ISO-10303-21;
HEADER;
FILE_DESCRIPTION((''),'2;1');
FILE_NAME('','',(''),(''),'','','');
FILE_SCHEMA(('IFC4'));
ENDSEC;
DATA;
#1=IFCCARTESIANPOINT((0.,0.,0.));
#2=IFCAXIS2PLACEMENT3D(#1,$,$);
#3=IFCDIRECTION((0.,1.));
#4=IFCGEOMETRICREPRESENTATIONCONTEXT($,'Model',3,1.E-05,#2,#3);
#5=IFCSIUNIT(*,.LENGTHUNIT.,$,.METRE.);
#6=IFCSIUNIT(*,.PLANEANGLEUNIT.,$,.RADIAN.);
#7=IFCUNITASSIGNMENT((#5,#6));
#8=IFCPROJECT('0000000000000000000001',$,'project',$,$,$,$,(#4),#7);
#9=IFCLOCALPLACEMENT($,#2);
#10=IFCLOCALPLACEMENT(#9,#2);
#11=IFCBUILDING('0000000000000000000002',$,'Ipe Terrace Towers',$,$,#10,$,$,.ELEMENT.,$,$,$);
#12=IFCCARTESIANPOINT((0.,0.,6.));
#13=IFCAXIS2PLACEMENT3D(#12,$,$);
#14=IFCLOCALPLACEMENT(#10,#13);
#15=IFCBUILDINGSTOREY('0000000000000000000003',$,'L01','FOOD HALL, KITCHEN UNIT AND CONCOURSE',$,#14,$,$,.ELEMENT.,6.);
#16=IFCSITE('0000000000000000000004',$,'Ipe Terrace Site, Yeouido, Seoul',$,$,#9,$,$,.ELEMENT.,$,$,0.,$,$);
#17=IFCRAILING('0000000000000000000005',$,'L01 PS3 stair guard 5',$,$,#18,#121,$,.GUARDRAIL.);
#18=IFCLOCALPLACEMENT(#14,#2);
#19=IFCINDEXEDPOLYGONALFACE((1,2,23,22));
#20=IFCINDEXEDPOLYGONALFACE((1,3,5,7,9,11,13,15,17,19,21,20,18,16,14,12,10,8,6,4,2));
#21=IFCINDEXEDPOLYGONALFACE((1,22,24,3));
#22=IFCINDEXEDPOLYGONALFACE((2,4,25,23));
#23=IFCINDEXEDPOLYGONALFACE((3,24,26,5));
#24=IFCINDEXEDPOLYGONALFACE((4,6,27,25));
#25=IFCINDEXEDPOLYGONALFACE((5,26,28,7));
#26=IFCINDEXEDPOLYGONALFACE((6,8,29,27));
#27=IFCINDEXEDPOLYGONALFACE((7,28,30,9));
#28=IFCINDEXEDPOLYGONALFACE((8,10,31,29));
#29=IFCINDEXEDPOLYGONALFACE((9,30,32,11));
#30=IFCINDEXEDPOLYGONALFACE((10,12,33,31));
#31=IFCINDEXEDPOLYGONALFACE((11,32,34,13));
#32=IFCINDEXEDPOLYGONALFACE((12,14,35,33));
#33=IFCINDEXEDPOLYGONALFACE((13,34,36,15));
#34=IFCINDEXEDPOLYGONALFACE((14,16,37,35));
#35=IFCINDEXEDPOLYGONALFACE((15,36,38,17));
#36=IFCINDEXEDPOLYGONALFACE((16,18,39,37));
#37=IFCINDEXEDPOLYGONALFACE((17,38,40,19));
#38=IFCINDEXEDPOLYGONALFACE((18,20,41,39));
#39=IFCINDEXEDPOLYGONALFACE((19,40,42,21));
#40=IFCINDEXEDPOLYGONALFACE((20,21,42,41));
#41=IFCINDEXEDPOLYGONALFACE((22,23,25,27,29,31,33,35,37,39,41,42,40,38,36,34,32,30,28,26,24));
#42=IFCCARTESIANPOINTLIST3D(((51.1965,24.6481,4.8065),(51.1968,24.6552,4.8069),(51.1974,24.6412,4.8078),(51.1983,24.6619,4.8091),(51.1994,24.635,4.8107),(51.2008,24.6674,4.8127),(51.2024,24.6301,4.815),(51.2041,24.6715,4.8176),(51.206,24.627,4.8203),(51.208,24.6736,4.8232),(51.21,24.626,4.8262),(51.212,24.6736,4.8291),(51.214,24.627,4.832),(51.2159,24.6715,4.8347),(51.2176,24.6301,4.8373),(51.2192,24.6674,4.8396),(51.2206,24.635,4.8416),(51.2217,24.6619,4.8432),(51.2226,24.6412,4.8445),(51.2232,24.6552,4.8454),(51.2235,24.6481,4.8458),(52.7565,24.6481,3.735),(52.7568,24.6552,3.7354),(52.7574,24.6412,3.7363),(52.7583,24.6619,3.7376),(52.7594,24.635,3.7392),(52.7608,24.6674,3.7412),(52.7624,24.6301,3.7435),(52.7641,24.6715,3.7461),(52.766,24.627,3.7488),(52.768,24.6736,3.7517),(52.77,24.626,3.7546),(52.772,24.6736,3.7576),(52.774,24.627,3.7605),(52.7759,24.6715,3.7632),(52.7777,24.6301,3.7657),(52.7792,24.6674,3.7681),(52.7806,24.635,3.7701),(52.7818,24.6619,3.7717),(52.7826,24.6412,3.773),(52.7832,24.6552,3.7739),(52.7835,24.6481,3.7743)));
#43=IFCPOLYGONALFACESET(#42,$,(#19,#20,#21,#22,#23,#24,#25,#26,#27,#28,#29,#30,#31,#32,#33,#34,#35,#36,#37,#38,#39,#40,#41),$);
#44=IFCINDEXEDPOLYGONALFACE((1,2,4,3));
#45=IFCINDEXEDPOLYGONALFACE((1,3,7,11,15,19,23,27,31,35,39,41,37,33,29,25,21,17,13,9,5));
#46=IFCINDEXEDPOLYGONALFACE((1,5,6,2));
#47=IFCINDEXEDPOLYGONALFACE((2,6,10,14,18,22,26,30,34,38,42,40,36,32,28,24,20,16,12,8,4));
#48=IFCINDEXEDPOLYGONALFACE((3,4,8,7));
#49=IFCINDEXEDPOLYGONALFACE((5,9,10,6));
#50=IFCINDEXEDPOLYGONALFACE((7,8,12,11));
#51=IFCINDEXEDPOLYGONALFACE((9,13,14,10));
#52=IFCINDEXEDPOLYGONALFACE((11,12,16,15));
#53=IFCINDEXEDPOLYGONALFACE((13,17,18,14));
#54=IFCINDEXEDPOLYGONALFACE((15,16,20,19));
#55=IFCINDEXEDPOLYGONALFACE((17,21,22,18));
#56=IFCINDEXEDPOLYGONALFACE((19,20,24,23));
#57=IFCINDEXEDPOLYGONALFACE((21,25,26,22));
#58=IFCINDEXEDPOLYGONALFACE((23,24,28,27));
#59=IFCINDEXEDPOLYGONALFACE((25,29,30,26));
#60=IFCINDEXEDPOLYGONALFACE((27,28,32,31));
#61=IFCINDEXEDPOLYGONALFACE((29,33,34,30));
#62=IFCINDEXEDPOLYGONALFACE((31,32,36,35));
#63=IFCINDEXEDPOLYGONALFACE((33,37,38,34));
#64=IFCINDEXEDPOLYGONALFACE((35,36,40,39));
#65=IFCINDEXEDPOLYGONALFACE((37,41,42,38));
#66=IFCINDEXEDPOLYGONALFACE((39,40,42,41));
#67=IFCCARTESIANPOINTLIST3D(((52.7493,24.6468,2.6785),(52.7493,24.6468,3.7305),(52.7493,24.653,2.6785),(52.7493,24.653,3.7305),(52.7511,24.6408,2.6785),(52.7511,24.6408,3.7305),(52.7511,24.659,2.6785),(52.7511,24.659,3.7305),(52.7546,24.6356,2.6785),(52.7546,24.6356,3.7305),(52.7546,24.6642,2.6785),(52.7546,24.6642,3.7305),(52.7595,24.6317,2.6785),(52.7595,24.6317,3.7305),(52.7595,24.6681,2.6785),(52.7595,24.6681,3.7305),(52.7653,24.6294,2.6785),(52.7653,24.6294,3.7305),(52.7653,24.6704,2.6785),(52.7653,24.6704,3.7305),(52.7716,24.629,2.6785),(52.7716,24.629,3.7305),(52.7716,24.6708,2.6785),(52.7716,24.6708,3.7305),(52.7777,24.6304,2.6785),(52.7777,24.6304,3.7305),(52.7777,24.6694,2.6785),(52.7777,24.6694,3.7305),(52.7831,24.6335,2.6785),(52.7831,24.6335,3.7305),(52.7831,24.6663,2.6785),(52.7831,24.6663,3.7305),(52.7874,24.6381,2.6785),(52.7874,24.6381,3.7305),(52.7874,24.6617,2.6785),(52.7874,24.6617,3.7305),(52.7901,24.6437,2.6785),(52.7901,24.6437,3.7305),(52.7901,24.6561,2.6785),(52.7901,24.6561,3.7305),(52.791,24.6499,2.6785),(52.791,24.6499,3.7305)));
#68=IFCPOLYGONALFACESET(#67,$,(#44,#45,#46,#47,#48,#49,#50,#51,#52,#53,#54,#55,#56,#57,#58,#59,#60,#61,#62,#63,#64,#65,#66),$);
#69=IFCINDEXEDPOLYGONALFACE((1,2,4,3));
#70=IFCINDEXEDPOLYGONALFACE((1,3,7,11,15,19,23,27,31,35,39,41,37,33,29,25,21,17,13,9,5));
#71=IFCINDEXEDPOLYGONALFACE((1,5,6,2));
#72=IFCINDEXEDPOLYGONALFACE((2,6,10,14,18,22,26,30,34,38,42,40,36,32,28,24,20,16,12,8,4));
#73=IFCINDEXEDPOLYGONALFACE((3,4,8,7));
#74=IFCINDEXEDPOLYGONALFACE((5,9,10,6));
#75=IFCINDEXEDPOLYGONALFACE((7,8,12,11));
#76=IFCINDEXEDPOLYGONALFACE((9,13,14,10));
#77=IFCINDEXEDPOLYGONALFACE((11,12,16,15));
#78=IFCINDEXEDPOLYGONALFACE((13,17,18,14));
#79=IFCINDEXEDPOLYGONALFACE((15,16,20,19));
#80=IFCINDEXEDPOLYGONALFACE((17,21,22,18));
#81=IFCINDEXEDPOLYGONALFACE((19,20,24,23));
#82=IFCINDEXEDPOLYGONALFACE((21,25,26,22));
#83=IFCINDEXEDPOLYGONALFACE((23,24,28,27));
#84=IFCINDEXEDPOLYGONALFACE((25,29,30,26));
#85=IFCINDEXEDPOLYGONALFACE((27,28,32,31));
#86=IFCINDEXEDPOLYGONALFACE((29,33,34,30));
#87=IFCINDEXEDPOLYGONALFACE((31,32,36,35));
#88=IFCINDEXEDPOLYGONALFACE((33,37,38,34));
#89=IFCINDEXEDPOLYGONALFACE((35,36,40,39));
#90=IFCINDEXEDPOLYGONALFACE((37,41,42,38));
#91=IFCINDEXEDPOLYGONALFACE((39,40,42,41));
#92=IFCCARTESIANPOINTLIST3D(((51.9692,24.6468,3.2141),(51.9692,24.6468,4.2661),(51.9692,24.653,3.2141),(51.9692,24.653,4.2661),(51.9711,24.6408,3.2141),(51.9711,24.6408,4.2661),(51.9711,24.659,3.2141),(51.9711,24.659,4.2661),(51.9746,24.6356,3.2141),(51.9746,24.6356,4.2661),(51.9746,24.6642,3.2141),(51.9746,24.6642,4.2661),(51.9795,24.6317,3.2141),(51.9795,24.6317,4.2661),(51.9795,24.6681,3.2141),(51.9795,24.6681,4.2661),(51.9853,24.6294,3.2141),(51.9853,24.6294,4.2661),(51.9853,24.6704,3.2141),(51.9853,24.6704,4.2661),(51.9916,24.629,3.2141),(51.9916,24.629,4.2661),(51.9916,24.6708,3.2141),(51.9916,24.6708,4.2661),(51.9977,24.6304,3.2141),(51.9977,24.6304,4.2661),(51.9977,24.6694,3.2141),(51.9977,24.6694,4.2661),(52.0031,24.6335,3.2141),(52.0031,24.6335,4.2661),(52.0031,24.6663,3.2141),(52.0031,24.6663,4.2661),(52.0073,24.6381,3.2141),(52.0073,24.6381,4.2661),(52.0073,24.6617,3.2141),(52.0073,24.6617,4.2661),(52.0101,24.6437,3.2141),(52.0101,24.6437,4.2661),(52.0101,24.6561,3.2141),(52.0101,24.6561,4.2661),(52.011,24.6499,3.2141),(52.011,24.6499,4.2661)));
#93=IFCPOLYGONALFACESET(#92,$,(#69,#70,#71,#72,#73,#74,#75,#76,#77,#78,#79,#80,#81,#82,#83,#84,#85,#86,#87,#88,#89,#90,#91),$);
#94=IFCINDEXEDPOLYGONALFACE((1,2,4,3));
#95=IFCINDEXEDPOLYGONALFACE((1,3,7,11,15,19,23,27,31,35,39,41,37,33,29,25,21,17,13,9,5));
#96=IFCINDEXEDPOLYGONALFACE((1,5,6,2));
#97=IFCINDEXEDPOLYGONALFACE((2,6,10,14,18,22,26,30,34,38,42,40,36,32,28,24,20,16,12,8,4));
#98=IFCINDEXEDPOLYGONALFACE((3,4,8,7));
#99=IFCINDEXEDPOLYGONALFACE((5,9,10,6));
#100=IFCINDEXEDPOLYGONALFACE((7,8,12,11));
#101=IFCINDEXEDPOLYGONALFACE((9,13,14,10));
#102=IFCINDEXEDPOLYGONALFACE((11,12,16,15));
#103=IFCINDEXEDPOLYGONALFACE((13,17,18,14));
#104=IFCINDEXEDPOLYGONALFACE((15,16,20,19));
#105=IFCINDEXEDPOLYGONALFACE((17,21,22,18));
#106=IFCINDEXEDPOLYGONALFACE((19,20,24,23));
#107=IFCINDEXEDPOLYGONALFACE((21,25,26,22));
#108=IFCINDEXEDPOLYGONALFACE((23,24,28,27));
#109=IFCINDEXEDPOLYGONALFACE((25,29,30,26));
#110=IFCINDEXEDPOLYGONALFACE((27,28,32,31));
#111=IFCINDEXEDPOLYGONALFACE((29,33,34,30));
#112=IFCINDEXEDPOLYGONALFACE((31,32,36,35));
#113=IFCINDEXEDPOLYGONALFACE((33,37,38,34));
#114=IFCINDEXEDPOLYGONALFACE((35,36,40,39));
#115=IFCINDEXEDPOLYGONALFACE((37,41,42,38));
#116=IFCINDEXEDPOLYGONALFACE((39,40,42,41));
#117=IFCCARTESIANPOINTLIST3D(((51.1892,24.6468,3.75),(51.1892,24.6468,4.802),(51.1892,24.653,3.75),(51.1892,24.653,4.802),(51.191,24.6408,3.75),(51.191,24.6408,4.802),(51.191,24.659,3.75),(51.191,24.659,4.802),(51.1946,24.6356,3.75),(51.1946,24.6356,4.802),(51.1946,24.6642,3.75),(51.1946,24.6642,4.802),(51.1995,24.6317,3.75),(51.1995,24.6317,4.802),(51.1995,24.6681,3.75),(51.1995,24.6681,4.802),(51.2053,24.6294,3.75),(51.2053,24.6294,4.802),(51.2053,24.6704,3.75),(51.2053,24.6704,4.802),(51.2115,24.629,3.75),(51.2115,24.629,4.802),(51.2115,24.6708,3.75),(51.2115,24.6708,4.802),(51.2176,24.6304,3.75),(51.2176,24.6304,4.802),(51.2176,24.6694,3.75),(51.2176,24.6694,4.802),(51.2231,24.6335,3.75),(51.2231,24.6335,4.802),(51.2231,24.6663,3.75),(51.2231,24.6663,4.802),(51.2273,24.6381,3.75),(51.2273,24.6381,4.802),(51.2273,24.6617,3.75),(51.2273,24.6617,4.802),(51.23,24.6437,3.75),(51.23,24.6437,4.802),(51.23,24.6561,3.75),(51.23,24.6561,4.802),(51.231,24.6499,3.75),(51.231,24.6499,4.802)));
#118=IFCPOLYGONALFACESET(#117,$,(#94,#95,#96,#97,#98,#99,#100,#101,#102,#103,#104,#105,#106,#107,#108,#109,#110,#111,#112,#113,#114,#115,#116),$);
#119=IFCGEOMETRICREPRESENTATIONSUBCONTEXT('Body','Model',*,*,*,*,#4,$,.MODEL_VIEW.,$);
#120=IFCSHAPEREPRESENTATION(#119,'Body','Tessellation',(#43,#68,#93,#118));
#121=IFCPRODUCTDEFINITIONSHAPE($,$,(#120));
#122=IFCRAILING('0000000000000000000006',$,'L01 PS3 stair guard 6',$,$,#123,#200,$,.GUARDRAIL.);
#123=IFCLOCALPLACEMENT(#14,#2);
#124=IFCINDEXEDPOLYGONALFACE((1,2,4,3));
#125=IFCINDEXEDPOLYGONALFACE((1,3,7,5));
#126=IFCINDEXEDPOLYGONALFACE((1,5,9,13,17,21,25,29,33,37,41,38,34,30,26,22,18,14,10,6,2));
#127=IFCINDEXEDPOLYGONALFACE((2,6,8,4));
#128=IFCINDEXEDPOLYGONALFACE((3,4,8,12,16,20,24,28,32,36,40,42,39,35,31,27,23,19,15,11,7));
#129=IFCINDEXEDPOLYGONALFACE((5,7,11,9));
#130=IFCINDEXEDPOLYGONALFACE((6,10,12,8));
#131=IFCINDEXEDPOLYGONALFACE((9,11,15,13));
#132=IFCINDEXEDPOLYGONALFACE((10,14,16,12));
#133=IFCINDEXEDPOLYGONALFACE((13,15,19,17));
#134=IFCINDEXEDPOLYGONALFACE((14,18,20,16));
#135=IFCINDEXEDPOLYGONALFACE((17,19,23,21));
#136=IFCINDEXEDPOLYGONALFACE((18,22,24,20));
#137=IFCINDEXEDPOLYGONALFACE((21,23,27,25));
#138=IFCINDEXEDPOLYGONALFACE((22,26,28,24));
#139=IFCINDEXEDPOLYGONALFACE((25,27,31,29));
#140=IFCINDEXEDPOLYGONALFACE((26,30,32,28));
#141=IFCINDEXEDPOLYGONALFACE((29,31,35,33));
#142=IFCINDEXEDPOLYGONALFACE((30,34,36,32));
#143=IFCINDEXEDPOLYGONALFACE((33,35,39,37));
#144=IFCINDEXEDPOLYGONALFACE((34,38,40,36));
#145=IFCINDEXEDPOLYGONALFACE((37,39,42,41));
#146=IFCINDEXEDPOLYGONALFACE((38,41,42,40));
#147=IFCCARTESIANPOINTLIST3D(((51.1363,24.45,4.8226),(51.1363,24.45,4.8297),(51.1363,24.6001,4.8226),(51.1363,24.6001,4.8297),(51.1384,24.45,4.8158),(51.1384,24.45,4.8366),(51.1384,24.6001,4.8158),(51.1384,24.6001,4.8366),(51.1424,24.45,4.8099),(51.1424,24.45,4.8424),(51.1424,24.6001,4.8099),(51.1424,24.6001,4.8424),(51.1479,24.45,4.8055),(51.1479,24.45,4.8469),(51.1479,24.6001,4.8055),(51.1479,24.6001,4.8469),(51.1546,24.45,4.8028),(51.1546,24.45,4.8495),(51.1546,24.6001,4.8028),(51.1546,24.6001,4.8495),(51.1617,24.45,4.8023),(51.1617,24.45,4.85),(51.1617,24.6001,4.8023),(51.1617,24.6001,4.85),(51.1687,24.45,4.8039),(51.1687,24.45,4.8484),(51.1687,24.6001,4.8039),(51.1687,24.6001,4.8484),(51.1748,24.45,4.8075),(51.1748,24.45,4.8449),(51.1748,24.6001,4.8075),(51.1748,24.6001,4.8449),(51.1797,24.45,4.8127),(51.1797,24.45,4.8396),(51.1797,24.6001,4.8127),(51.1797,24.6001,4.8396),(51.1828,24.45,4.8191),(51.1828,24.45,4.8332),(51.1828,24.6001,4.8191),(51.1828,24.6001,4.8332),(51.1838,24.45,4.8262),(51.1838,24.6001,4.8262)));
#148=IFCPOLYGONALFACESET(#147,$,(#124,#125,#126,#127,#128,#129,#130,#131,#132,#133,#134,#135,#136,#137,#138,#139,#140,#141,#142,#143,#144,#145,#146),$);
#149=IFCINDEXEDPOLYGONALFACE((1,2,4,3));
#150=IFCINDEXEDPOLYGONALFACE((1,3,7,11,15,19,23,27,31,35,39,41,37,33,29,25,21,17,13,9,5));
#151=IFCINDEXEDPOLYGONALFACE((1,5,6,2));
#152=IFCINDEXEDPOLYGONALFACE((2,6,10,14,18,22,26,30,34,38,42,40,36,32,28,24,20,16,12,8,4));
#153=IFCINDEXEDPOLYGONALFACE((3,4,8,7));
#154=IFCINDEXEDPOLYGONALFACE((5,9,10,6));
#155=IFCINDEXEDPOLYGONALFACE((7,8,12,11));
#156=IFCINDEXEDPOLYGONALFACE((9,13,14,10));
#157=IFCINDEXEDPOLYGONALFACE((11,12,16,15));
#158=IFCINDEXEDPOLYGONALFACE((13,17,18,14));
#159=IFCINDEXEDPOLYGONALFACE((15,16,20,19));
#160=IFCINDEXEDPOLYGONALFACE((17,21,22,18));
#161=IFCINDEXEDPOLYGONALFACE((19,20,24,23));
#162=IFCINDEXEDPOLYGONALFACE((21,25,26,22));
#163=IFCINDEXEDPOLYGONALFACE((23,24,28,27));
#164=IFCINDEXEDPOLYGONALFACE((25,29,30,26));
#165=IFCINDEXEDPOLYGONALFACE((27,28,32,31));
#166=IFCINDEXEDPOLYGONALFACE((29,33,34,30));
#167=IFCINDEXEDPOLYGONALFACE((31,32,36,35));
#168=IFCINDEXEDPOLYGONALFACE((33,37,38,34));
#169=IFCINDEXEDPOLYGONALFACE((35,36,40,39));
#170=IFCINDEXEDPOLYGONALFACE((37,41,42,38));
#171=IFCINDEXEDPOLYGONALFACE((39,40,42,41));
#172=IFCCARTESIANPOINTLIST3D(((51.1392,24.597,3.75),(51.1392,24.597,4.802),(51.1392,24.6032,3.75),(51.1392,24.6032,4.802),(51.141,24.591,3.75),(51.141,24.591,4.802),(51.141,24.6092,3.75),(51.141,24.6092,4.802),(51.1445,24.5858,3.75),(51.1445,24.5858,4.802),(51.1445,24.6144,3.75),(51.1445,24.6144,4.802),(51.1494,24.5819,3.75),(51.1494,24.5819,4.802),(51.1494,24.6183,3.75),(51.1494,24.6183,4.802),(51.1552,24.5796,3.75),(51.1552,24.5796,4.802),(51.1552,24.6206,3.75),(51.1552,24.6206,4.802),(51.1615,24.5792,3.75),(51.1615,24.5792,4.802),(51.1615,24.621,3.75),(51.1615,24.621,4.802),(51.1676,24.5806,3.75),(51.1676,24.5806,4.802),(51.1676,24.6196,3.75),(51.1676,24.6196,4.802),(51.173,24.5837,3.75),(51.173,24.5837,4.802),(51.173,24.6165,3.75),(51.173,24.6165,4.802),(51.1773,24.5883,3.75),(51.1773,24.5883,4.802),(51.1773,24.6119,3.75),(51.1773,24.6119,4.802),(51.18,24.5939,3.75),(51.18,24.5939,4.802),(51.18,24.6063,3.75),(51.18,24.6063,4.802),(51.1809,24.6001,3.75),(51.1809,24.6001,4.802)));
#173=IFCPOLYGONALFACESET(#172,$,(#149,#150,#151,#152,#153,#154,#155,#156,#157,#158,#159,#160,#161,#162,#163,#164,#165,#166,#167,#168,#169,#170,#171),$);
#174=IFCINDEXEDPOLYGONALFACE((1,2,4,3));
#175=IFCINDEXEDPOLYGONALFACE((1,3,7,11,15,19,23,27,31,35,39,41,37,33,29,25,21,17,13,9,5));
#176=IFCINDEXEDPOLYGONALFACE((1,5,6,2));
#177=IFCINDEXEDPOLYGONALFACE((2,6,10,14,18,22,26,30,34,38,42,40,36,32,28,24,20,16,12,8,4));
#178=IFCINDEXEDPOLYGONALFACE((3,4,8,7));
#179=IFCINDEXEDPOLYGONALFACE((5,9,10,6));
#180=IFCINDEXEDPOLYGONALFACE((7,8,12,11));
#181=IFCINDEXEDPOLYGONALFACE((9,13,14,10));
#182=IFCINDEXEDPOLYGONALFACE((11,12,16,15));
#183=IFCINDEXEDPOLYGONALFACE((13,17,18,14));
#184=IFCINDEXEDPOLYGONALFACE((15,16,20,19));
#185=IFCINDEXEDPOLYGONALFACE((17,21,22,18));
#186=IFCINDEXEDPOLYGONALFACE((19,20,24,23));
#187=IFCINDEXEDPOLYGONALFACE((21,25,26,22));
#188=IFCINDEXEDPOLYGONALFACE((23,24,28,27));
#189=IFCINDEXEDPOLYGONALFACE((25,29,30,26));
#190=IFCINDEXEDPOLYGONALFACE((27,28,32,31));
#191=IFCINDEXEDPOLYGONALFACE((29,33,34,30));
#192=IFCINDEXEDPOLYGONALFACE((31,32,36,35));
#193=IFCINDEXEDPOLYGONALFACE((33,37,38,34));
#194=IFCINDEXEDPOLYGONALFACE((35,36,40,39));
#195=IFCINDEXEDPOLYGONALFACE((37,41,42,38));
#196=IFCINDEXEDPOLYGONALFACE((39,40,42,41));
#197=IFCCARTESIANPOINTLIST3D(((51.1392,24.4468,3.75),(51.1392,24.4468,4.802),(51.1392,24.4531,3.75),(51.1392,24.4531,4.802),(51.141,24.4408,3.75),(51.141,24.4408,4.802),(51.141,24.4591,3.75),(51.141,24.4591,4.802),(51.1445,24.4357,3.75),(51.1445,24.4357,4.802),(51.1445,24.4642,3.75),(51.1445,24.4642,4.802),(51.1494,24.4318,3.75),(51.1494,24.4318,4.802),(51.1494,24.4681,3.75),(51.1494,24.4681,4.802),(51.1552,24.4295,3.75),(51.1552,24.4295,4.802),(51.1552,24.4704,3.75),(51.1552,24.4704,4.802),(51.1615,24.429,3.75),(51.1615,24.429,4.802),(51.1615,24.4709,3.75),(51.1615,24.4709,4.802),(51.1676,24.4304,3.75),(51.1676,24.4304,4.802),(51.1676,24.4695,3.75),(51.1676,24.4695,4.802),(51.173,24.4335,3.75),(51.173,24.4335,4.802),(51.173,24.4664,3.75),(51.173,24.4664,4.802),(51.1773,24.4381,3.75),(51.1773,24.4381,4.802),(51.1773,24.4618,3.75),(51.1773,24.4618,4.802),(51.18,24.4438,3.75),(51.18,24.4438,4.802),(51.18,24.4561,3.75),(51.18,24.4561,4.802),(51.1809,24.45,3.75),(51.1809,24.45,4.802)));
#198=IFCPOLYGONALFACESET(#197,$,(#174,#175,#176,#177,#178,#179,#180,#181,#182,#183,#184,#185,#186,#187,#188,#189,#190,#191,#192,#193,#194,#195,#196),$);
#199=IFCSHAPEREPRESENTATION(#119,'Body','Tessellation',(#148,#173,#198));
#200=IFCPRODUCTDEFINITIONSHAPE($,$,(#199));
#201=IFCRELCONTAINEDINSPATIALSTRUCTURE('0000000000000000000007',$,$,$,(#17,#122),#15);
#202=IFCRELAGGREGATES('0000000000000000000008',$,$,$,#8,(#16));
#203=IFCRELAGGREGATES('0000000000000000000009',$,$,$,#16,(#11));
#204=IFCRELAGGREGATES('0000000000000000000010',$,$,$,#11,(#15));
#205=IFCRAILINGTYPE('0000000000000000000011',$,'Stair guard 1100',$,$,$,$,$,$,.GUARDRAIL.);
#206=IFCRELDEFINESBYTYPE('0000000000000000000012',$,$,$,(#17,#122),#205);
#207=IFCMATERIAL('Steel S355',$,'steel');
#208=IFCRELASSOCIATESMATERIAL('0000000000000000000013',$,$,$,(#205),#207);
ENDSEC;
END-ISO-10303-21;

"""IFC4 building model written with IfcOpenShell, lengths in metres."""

from ifc_helpers import new_model, si_unit, direction, frame, origin, origin_2d, place, context, subcontext, project, spatial, circle, extrude, material, type_object, element, save


model = new_model("IFC4")

# Units and contexts
model_context = context("Model", 3, precision=1e-05, world=origin(), true_north=direction((0.0, 1.0)))
body_context = subcontext(model_context, "Body", "Model", "MODEL_VIEW")
ifc_project = project(units=[si_unit("LENGTHUNIT", "METRE"), si_unit("PLANEANGLEUNIT", "RADIAN")], contexts=[model_context])

# Site, building, storey
site_placement = place(None, origin())
site = spatial("IfcSite", under=ifc_project, at=site_placement, Name="Ipe Terrace Site, Yeouido, Seoul", CompositionType="ELEMENT", RefElevation=0.0)
building_placement = place(site_placement, origin())
building = spatial("IfcBuilding", under=site, at=building_placement, Name="Ipe Terrace Towers", CompositionType="ELEMENT")
storey_placement = place(building_placement, frame((0.0, 0.0, 6.0)))
storey = spatial("IfcBuildingStorey", under=building, at=storey_placement, Name="L01", Description="FOOD HALL, KITCHEN UNIT AND CONCOURSE", CompositionType="ELEMENT", Elevation=6.0)

# Railings
ifc_material_1 = material(Name="Steel S355", Category="steel")
railing_type_1 = type_object("IfcRailingType", Name="Stair guard 1100", PredefinedType="GUARDRAIL", material=ifc_material_1)
railing_1_placement = place(storey_placement, frame((52.77, 24.6499, 2.6785)))
element("IfcRailing", 1, at=railing_1_placement, inside=storey, type_object=railing_type_1, Name="L01 PS3 stair guard 5", PredefinedType="GUARDRAIL", context=body_context, shape_type="SweptSolid", body=[
    extrude(circle(Radius=0.0239, at=origin_2d()), frame((0.0, 0.0, 1.0762), z_axis=(-0.82429, 0.0, 0.566167), x_axis=(0.0, -1.0, 0.0)), (0.0, 0.0, 1.0), 1.8926),
    extrude(circle(Radius=0.021, at=origin_2d()), origin(), (0.0, 0.0, 1.0), 1.052),
    extrude(circle(Radius=0.021, at=origin_2d()), frame((-0.78, 0.0, 0.5356)), (0.0, 0.0, 1.0), 1.052),
    extrude(circle(Radius=0.021, at=origin_2d()), frame((-1.5601, 0.0, 1.0715)), (0.0, 0.0, 1.0), 1.052),
])
railing_2_placement = place(storey_placement, frame((51.1599, 24.6001, 3.75)))
element("IfcRailing", 2, at=railing_2_placement, inside=storey, type_object=railing_type_1, Name="L01 PS3 stair guard 6", PredefinedType="GUARDRAIL", context=body_context, shape_type="SweptSolid", body=[
    extrude(circle(Radius=0.0239, at=origin_2d()), frame((0.0, 0.0, 1.0762), z_axis=(0.0, -1.0, 0.0), x_axis=(1.0, 0.0, 0.0)), (0.0, 0.0, 1.0), 0.1501),
    extrude(circle(Radius=0.021, at=origin_2d()), origin(), (0.0, 0.0, 1.0), 1.052),
    extrude(circle(Radius=0.021, at=origin_2d()), frame((0.0, -0.1501, 0.0)), (0.0, 0.0, 1.0), 1.052),
])

save(model, "model.ifc")
